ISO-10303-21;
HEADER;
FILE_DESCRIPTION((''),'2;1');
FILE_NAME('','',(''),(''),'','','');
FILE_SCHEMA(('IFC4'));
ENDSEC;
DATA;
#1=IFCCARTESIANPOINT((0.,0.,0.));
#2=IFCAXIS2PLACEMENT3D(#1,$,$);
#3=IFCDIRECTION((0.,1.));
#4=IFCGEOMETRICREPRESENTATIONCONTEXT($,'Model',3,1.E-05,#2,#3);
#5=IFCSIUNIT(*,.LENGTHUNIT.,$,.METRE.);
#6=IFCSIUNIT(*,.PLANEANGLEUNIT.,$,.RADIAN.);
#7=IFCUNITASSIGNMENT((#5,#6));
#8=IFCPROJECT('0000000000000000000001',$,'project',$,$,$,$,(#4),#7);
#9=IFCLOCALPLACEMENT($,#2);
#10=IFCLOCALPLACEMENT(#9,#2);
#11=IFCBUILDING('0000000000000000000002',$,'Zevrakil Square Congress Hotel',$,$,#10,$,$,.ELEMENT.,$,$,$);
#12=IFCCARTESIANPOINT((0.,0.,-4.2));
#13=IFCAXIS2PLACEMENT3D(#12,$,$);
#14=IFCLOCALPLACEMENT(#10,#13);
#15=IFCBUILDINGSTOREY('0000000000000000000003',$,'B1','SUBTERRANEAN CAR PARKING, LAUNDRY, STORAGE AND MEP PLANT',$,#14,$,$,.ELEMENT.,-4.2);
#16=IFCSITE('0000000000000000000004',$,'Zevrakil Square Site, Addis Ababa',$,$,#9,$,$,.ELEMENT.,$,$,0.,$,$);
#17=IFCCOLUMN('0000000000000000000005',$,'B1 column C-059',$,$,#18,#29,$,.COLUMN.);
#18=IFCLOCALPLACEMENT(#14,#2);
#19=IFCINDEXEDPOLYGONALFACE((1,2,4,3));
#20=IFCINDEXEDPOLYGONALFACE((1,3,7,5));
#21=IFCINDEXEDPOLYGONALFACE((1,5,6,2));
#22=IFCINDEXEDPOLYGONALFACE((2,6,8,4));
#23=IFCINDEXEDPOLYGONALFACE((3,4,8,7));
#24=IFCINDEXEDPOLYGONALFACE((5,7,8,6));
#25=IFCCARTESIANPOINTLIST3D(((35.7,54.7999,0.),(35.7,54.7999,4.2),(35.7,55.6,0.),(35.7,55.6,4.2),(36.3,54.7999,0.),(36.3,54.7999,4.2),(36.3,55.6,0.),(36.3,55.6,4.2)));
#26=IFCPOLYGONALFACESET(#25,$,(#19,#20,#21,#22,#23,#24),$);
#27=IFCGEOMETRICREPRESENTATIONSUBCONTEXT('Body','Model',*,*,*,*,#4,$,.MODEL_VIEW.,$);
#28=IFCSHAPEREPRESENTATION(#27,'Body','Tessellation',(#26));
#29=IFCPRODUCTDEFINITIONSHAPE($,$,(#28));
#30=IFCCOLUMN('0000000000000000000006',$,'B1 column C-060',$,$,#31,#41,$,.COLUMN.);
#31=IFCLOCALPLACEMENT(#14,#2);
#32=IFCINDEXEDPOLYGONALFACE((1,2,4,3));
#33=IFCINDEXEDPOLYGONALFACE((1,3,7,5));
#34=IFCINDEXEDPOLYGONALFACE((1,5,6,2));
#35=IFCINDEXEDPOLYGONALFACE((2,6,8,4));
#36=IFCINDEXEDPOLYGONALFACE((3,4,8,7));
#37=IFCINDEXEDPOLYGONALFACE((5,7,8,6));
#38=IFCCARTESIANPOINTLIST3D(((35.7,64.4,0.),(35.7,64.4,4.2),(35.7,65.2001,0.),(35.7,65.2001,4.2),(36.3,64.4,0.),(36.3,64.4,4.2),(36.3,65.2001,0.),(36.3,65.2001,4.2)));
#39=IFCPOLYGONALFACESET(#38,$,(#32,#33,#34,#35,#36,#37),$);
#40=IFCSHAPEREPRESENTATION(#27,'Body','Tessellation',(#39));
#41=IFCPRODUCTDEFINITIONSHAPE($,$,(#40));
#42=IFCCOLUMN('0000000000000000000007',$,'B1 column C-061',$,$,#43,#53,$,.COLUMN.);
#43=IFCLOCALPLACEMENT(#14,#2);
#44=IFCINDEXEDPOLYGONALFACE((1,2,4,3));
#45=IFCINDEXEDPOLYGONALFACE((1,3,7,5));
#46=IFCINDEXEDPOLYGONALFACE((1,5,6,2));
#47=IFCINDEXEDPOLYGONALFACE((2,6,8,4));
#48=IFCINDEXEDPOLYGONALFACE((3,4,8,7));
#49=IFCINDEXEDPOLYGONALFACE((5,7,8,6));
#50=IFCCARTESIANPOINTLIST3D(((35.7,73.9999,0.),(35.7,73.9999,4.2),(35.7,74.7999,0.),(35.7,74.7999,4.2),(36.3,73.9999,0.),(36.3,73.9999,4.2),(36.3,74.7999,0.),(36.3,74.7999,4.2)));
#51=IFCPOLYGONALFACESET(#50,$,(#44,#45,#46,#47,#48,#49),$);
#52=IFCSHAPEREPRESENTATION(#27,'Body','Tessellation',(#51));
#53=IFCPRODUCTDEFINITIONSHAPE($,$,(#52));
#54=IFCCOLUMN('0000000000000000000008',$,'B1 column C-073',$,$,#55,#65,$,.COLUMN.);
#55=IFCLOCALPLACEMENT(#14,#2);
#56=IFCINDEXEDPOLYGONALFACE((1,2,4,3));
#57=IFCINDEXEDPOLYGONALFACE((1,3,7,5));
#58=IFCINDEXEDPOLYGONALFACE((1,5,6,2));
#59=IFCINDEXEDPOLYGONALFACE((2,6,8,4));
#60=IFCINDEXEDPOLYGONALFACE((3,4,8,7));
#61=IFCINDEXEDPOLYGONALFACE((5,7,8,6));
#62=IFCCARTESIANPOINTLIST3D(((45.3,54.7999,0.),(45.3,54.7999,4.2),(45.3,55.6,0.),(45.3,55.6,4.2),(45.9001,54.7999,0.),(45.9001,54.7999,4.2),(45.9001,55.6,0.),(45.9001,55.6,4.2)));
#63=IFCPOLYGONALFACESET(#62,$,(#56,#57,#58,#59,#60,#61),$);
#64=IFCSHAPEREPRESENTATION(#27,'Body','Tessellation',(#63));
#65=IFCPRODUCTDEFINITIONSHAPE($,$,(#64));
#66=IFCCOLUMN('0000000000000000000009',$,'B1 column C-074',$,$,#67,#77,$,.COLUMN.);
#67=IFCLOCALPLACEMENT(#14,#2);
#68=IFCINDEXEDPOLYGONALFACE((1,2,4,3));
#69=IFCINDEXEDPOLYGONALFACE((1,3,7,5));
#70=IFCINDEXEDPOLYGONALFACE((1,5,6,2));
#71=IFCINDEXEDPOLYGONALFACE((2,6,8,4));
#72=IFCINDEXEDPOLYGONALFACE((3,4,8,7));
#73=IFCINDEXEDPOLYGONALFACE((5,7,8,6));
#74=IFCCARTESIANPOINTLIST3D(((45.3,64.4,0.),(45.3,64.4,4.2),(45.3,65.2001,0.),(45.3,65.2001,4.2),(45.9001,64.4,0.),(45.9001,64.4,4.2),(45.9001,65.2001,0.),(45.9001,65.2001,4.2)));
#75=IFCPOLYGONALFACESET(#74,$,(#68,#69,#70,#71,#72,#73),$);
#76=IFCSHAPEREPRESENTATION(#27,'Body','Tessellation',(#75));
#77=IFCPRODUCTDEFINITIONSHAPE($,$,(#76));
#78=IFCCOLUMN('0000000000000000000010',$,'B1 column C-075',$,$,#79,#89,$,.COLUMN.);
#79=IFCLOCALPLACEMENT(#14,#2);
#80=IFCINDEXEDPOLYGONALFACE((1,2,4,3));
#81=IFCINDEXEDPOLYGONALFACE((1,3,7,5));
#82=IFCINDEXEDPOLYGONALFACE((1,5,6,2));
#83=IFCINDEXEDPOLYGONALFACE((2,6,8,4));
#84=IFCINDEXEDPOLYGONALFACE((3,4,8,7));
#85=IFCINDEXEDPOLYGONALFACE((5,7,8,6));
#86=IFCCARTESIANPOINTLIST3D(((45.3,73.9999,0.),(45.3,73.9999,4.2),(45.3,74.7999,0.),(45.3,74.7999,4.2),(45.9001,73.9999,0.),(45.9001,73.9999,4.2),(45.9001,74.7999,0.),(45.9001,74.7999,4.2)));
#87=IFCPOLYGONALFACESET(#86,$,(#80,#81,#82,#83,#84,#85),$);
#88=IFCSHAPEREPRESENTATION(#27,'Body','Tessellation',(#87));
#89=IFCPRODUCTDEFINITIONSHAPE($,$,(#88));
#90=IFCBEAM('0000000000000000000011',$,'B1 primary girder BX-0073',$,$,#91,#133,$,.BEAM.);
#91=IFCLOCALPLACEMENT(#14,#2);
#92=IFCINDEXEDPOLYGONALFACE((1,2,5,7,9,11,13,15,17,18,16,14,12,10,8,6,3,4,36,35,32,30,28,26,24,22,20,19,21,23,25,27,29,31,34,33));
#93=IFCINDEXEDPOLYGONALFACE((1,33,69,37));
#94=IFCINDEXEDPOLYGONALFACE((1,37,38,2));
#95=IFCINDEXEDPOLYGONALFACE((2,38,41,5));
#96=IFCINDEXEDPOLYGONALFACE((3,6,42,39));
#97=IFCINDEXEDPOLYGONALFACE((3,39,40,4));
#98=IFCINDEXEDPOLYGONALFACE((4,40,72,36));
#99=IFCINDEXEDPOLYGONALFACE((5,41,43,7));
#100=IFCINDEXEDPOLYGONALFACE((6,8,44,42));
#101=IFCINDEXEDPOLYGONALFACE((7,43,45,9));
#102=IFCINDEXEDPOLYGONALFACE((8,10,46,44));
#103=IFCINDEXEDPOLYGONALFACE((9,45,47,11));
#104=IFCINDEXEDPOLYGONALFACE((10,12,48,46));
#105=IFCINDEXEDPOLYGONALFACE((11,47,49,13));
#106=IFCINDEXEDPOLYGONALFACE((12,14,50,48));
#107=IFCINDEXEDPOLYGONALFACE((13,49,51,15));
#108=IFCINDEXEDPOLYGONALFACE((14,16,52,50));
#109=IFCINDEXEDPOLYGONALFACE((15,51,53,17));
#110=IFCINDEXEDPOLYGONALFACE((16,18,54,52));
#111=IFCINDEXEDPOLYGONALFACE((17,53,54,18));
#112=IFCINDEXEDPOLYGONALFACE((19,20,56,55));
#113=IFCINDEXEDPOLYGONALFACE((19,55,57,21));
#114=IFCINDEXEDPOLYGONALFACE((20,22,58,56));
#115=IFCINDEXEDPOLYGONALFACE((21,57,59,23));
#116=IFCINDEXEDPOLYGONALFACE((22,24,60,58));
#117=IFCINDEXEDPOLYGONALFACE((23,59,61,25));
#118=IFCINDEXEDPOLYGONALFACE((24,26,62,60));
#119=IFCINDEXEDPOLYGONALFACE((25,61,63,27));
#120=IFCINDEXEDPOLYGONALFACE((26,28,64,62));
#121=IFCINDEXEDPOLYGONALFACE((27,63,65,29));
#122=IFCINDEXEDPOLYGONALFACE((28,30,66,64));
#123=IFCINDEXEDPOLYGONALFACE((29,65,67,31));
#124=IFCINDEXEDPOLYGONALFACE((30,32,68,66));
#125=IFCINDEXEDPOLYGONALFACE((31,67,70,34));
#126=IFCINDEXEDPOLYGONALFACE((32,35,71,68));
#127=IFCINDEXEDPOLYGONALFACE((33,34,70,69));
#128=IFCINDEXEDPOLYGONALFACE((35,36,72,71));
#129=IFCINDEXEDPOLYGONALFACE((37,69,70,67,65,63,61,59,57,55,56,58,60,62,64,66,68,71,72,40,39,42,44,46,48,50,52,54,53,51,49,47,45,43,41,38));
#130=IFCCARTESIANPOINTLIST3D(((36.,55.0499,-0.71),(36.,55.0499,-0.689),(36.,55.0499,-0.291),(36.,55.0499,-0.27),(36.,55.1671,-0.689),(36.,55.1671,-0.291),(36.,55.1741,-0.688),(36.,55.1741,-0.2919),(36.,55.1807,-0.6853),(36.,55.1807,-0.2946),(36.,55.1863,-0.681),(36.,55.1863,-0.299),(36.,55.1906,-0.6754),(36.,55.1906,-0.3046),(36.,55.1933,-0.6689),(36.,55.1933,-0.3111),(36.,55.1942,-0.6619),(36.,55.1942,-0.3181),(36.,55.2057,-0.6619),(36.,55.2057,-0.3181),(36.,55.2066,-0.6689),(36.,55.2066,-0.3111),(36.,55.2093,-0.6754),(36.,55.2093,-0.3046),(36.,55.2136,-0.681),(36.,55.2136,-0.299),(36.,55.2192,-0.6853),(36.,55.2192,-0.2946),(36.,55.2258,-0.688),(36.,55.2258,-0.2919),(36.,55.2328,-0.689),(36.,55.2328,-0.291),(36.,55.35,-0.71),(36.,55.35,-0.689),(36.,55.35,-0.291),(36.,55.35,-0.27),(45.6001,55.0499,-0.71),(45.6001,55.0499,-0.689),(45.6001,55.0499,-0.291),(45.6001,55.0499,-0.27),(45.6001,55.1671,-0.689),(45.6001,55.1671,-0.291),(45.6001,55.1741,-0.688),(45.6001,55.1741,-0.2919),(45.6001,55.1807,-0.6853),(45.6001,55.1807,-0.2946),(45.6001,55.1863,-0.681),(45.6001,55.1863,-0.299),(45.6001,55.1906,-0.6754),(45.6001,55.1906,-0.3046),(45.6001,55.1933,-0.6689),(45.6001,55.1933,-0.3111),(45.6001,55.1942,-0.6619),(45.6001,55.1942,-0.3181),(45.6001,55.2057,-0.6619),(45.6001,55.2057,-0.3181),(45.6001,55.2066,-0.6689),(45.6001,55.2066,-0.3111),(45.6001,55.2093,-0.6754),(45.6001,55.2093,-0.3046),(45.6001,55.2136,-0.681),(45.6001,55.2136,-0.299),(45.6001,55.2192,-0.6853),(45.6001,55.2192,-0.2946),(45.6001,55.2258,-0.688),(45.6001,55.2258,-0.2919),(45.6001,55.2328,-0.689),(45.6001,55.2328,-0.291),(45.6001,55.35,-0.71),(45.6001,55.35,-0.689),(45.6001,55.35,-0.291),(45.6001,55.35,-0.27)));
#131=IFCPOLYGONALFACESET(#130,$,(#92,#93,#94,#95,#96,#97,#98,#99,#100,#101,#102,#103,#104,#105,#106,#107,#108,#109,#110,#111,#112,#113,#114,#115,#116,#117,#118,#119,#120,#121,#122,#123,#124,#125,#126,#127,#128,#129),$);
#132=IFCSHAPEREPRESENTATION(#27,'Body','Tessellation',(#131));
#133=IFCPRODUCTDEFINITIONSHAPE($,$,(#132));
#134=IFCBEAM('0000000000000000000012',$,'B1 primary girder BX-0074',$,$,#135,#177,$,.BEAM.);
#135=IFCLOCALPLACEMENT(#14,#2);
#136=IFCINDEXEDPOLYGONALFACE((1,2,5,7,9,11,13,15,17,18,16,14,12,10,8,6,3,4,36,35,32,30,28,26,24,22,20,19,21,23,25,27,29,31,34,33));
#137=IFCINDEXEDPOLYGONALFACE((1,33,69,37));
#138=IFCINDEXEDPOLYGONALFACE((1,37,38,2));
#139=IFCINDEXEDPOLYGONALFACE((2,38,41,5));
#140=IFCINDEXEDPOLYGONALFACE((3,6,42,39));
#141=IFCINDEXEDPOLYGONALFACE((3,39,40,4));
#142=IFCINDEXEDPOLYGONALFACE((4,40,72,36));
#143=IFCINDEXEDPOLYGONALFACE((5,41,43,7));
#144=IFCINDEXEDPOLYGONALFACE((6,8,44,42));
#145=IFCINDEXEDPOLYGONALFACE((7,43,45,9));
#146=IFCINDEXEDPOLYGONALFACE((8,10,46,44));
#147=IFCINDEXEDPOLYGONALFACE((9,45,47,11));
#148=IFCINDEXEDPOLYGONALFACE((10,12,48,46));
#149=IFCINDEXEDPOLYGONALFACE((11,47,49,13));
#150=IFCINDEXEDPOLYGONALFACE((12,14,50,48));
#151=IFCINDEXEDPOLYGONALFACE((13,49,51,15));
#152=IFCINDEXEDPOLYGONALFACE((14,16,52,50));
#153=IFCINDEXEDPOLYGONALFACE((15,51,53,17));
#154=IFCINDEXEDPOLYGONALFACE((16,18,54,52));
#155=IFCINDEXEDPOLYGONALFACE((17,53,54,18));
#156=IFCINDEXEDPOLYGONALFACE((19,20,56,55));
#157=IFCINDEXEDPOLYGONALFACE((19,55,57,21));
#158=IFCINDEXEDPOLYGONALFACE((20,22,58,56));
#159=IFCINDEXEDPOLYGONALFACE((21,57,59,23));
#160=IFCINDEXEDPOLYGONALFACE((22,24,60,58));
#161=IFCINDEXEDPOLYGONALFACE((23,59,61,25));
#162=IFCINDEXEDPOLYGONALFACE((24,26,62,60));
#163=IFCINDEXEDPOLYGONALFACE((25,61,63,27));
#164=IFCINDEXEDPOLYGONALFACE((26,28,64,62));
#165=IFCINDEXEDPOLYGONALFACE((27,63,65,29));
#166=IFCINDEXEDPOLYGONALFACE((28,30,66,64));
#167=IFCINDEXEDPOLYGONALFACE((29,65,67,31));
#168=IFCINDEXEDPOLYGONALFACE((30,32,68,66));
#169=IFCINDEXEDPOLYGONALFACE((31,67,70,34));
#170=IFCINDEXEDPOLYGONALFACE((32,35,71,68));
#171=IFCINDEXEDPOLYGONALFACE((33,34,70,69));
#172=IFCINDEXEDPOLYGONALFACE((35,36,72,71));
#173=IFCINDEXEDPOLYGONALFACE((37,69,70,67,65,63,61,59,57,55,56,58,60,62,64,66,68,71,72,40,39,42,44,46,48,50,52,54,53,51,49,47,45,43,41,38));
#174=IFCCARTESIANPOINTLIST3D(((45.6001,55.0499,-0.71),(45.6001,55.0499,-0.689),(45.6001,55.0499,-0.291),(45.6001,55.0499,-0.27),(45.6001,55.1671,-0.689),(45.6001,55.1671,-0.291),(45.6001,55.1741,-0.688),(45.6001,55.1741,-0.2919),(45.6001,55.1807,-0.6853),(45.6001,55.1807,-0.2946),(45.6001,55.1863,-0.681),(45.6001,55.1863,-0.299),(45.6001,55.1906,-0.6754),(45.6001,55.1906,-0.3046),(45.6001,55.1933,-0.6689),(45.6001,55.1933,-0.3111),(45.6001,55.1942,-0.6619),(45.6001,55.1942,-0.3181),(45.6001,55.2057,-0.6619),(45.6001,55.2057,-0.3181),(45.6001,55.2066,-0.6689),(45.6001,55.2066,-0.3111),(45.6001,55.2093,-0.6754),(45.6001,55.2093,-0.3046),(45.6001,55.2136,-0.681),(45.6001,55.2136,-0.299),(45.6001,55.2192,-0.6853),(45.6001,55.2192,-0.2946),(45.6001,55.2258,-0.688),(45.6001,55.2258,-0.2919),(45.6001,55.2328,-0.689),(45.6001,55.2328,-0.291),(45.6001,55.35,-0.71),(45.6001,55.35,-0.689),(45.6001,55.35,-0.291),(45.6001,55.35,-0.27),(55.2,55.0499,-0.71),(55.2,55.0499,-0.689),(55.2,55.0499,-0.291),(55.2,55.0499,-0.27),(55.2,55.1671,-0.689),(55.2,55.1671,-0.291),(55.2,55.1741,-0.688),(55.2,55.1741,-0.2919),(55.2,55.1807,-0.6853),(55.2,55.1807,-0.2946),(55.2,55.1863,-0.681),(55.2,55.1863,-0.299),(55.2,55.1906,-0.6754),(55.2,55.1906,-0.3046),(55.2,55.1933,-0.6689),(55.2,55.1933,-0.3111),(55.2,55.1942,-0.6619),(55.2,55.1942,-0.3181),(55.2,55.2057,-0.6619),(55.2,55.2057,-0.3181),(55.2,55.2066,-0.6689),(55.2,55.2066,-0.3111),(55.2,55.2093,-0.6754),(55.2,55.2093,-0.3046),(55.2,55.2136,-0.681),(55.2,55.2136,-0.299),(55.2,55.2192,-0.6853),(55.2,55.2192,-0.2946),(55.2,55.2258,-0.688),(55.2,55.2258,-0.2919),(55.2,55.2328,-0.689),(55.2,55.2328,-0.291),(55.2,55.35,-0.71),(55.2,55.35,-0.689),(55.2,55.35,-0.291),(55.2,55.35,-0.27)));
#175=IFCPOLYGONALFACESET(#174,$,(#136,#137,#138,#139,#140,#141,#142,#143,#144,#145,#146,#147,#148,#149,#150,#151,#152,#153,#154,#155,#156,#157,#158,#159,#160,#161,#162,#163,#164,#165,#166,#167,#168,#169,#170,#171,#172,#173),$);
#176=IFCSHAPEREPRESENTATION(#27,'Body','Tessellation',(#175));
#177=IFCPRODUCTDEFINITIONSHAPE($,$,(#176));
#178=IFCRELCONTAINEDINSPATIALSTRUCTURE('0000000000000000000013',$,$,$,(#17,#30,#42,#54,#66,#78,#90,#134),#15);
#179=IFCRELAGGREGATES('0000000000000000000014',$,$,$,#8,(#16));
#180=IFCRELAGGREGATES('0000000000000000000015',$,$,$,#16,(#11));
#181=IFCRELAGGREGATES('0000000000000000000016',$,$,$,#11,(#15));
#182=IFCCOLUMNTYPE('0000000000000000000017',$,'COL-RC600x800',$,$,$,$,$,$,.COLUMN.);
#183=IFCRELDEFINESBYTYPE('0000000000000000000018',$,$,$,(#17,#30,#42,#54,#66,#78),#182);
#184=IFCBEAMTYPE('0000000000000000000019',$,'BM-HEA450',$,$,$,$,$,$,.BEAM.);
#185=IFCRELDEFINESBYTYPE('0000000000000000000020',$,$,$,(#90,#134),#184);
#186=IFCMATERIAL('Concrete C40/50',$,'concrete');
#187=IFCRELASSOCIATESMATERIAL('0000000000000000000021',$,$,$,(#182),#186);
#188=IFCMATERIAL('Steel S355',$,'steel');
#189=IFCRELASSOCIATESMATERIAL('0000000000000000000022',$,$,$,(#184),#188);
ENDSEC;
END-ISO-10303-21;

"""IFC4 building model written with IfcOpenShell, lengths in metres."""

from ifc_helpers import new_model, si_unit, direction, frame, origin, origin_2d, place, context, subcontext, project, spatial, rectangle, i_section, extrude, material, material_profile, profile_set, type_object, element, save


model = new_model("IFC4")

# Units and contexts
model_context = context("Model", 3, precision=1e-05, world=origin(), true_north=direction((0.0, 1.0)))
body_context = subcontext(model_context, "Body", "Model", "MODEL_VIEW")
ifc_project = project(units=[si_unit("LENGTHUNIT", "METRE"), si_unit("PLANEANGLEUNIT", "RADIAN")], contexts=[model_context])

# Site, building, storey
site_placement = place(None, origin())
site = spatial("IfcSite", under=ifc_project, at=site_placement, Name="Zevrakil Square Site, Addis Ababa", CompositionType="ELEMENT", RefElevation=0.0)
building_placement = place(site_placement, origin())
building = spatial("IfcBuilding", under=site, at=building_placement, Name="Zevrakil Square Congress Hotel", CompositionType="ELEMENT")
storey_placement = place(building_placement, frame((0.0, 0.0, -4.2)))
storey = spatial("IfcBuildingStorey", under=building, at=storey_placement, Name="B1", Description="SUBTERRANEAN CAR PARKING, LAUNDRY, STORAGE AND MEP PLANT", CompositionType="ELEMENT", Elevation=-4.2)

# Columns
ifc_material_1 = material(Name="Concrete C40/50", Category="concrete")
ifc_material_profile_1 = material_profile(ifc_material_1, rectangle(XDim=0.6001, YDim=0.8, at=origin_2d()), Name="RC 600x800")
ifc_profile_set_1 = profile_set([ifc_material_profile_1], Name="Concrete C40/50")
column_type = type_object("IfcColumnType", Name="COL-RC600x800", PredefinedType="COLUMN", material=ifc_profile_set_1)
for number, where, z_axis, x_axis, name in (
    (1, (36.0, 55.2, 0.0), (0.0, 0.0, 1.0), (1.0, 0.0, 0.0), "B1 column C-059"),
    (2, (36.0, 64.8, 0.0), (0.0, 0.0, 1.0), (1.0, 0.0, 0.0), "B1 column C-060"),
    (3, (36.0, 74.3999, 0.0), (0.0, 0.0, 1.0), (1.0, 0.0, 0.0), "B1 column C-061"),
    (4, (45.6001, 55.2, 0.0), (0.0, 0.0, 1.0), (1.0, 0.0, 0.0), "B1 column C-073"),
    (5, (45.6001, 64.8, 0.0), (0.0, 0.0, 1.0), (1.0, 0.0, 0.0), "B1 column C-074"),
    (6, (45.6001, 74.3999, 0.0), (0.0, 0.0, 1.0), (1.0, 0.0, 0.0), "B1 column C-075"),
):
    element("IfcColumn", number, at=place(storey_placement, frame(where, z_axis=z_axis, x_axis=x_axis)), inside=storey, type_object=column_type, Name=name, PredefinedType="COLUMN", context=body_context, shape_type="SweptSolid", body=[
        extrude(rectangle(XDim=0.6001, YDim=0.8, at=origin_2d()), origin(), (0.0, 0.0, 1.0), 4.2),
    ])

# Beams
ifc_material_2 = material(Name="Steel S355", Category="steel")
ifc_material_profile_2 = material_profile(ifc_material_2, i_section(OverallWidth=0.3, OverallDepth=0.4399, WebThickness=0.0115, FlangeThickness=0.021, FilletRadius=0.0271, at=origin_2d()), Name="HEA 450")
ifc_profile_set_2 = profile_set([ifc_material_profile_2], Name="Steel S355")
beam_type_1 = type_object("IfcBeamType", Name="BM-HEA450", PredefinedType="BEAM", material=ifc_profile_set_2)
beam_1_placement = place(storey_placement, frame((36.0, 55.2, -0.49), z_axis=(1.0, 0.0, 0.0), x_axis=(0.0, 1.0, 0.0)))
element("IfcBeam", 7, at=beam_1_placement, inside=storey, type_object=beam_type_1, Name="B1 primary girder BX-0073", PredefinedType="BEAM", context=body_context, shape_type="SweptSolid", body=[
    extrude(i_section(OverallWidth=0.3, OverallDepth=0.4399, WebThickness=0.0115, FlangeThickness=0.021, FilletRadius=0.0271, at=origin_2d()), origin(), (0.0, 0.0, 1.0), 9.6001),
])
beam_2_placement = place(storey_placement, frame((45.6001, 55.2, -0.49), z_axis=(1.0, 0.0, 0.0), x_axis=(0.0, 1.0, 0.0)))
element("IfcBeam", 8, at=beam_2_placement, inside=storey, type_object=beam_type_1, Name="B1 primary girder BX-0074", PredefinedType="BEAM", context=body_context, shape_type="SweptSolid", body=[
    extrude(i_section(OverallWidth=0.3, OverallDepth=0.4399, WebThickness=0.0115, FlangeThickness=0.021, FilletRadius=0.0271, at=origin_2d()), origin(), (0.0, 0.0, 1.0), 9.5999),
])

save(model, "model.ifc")
